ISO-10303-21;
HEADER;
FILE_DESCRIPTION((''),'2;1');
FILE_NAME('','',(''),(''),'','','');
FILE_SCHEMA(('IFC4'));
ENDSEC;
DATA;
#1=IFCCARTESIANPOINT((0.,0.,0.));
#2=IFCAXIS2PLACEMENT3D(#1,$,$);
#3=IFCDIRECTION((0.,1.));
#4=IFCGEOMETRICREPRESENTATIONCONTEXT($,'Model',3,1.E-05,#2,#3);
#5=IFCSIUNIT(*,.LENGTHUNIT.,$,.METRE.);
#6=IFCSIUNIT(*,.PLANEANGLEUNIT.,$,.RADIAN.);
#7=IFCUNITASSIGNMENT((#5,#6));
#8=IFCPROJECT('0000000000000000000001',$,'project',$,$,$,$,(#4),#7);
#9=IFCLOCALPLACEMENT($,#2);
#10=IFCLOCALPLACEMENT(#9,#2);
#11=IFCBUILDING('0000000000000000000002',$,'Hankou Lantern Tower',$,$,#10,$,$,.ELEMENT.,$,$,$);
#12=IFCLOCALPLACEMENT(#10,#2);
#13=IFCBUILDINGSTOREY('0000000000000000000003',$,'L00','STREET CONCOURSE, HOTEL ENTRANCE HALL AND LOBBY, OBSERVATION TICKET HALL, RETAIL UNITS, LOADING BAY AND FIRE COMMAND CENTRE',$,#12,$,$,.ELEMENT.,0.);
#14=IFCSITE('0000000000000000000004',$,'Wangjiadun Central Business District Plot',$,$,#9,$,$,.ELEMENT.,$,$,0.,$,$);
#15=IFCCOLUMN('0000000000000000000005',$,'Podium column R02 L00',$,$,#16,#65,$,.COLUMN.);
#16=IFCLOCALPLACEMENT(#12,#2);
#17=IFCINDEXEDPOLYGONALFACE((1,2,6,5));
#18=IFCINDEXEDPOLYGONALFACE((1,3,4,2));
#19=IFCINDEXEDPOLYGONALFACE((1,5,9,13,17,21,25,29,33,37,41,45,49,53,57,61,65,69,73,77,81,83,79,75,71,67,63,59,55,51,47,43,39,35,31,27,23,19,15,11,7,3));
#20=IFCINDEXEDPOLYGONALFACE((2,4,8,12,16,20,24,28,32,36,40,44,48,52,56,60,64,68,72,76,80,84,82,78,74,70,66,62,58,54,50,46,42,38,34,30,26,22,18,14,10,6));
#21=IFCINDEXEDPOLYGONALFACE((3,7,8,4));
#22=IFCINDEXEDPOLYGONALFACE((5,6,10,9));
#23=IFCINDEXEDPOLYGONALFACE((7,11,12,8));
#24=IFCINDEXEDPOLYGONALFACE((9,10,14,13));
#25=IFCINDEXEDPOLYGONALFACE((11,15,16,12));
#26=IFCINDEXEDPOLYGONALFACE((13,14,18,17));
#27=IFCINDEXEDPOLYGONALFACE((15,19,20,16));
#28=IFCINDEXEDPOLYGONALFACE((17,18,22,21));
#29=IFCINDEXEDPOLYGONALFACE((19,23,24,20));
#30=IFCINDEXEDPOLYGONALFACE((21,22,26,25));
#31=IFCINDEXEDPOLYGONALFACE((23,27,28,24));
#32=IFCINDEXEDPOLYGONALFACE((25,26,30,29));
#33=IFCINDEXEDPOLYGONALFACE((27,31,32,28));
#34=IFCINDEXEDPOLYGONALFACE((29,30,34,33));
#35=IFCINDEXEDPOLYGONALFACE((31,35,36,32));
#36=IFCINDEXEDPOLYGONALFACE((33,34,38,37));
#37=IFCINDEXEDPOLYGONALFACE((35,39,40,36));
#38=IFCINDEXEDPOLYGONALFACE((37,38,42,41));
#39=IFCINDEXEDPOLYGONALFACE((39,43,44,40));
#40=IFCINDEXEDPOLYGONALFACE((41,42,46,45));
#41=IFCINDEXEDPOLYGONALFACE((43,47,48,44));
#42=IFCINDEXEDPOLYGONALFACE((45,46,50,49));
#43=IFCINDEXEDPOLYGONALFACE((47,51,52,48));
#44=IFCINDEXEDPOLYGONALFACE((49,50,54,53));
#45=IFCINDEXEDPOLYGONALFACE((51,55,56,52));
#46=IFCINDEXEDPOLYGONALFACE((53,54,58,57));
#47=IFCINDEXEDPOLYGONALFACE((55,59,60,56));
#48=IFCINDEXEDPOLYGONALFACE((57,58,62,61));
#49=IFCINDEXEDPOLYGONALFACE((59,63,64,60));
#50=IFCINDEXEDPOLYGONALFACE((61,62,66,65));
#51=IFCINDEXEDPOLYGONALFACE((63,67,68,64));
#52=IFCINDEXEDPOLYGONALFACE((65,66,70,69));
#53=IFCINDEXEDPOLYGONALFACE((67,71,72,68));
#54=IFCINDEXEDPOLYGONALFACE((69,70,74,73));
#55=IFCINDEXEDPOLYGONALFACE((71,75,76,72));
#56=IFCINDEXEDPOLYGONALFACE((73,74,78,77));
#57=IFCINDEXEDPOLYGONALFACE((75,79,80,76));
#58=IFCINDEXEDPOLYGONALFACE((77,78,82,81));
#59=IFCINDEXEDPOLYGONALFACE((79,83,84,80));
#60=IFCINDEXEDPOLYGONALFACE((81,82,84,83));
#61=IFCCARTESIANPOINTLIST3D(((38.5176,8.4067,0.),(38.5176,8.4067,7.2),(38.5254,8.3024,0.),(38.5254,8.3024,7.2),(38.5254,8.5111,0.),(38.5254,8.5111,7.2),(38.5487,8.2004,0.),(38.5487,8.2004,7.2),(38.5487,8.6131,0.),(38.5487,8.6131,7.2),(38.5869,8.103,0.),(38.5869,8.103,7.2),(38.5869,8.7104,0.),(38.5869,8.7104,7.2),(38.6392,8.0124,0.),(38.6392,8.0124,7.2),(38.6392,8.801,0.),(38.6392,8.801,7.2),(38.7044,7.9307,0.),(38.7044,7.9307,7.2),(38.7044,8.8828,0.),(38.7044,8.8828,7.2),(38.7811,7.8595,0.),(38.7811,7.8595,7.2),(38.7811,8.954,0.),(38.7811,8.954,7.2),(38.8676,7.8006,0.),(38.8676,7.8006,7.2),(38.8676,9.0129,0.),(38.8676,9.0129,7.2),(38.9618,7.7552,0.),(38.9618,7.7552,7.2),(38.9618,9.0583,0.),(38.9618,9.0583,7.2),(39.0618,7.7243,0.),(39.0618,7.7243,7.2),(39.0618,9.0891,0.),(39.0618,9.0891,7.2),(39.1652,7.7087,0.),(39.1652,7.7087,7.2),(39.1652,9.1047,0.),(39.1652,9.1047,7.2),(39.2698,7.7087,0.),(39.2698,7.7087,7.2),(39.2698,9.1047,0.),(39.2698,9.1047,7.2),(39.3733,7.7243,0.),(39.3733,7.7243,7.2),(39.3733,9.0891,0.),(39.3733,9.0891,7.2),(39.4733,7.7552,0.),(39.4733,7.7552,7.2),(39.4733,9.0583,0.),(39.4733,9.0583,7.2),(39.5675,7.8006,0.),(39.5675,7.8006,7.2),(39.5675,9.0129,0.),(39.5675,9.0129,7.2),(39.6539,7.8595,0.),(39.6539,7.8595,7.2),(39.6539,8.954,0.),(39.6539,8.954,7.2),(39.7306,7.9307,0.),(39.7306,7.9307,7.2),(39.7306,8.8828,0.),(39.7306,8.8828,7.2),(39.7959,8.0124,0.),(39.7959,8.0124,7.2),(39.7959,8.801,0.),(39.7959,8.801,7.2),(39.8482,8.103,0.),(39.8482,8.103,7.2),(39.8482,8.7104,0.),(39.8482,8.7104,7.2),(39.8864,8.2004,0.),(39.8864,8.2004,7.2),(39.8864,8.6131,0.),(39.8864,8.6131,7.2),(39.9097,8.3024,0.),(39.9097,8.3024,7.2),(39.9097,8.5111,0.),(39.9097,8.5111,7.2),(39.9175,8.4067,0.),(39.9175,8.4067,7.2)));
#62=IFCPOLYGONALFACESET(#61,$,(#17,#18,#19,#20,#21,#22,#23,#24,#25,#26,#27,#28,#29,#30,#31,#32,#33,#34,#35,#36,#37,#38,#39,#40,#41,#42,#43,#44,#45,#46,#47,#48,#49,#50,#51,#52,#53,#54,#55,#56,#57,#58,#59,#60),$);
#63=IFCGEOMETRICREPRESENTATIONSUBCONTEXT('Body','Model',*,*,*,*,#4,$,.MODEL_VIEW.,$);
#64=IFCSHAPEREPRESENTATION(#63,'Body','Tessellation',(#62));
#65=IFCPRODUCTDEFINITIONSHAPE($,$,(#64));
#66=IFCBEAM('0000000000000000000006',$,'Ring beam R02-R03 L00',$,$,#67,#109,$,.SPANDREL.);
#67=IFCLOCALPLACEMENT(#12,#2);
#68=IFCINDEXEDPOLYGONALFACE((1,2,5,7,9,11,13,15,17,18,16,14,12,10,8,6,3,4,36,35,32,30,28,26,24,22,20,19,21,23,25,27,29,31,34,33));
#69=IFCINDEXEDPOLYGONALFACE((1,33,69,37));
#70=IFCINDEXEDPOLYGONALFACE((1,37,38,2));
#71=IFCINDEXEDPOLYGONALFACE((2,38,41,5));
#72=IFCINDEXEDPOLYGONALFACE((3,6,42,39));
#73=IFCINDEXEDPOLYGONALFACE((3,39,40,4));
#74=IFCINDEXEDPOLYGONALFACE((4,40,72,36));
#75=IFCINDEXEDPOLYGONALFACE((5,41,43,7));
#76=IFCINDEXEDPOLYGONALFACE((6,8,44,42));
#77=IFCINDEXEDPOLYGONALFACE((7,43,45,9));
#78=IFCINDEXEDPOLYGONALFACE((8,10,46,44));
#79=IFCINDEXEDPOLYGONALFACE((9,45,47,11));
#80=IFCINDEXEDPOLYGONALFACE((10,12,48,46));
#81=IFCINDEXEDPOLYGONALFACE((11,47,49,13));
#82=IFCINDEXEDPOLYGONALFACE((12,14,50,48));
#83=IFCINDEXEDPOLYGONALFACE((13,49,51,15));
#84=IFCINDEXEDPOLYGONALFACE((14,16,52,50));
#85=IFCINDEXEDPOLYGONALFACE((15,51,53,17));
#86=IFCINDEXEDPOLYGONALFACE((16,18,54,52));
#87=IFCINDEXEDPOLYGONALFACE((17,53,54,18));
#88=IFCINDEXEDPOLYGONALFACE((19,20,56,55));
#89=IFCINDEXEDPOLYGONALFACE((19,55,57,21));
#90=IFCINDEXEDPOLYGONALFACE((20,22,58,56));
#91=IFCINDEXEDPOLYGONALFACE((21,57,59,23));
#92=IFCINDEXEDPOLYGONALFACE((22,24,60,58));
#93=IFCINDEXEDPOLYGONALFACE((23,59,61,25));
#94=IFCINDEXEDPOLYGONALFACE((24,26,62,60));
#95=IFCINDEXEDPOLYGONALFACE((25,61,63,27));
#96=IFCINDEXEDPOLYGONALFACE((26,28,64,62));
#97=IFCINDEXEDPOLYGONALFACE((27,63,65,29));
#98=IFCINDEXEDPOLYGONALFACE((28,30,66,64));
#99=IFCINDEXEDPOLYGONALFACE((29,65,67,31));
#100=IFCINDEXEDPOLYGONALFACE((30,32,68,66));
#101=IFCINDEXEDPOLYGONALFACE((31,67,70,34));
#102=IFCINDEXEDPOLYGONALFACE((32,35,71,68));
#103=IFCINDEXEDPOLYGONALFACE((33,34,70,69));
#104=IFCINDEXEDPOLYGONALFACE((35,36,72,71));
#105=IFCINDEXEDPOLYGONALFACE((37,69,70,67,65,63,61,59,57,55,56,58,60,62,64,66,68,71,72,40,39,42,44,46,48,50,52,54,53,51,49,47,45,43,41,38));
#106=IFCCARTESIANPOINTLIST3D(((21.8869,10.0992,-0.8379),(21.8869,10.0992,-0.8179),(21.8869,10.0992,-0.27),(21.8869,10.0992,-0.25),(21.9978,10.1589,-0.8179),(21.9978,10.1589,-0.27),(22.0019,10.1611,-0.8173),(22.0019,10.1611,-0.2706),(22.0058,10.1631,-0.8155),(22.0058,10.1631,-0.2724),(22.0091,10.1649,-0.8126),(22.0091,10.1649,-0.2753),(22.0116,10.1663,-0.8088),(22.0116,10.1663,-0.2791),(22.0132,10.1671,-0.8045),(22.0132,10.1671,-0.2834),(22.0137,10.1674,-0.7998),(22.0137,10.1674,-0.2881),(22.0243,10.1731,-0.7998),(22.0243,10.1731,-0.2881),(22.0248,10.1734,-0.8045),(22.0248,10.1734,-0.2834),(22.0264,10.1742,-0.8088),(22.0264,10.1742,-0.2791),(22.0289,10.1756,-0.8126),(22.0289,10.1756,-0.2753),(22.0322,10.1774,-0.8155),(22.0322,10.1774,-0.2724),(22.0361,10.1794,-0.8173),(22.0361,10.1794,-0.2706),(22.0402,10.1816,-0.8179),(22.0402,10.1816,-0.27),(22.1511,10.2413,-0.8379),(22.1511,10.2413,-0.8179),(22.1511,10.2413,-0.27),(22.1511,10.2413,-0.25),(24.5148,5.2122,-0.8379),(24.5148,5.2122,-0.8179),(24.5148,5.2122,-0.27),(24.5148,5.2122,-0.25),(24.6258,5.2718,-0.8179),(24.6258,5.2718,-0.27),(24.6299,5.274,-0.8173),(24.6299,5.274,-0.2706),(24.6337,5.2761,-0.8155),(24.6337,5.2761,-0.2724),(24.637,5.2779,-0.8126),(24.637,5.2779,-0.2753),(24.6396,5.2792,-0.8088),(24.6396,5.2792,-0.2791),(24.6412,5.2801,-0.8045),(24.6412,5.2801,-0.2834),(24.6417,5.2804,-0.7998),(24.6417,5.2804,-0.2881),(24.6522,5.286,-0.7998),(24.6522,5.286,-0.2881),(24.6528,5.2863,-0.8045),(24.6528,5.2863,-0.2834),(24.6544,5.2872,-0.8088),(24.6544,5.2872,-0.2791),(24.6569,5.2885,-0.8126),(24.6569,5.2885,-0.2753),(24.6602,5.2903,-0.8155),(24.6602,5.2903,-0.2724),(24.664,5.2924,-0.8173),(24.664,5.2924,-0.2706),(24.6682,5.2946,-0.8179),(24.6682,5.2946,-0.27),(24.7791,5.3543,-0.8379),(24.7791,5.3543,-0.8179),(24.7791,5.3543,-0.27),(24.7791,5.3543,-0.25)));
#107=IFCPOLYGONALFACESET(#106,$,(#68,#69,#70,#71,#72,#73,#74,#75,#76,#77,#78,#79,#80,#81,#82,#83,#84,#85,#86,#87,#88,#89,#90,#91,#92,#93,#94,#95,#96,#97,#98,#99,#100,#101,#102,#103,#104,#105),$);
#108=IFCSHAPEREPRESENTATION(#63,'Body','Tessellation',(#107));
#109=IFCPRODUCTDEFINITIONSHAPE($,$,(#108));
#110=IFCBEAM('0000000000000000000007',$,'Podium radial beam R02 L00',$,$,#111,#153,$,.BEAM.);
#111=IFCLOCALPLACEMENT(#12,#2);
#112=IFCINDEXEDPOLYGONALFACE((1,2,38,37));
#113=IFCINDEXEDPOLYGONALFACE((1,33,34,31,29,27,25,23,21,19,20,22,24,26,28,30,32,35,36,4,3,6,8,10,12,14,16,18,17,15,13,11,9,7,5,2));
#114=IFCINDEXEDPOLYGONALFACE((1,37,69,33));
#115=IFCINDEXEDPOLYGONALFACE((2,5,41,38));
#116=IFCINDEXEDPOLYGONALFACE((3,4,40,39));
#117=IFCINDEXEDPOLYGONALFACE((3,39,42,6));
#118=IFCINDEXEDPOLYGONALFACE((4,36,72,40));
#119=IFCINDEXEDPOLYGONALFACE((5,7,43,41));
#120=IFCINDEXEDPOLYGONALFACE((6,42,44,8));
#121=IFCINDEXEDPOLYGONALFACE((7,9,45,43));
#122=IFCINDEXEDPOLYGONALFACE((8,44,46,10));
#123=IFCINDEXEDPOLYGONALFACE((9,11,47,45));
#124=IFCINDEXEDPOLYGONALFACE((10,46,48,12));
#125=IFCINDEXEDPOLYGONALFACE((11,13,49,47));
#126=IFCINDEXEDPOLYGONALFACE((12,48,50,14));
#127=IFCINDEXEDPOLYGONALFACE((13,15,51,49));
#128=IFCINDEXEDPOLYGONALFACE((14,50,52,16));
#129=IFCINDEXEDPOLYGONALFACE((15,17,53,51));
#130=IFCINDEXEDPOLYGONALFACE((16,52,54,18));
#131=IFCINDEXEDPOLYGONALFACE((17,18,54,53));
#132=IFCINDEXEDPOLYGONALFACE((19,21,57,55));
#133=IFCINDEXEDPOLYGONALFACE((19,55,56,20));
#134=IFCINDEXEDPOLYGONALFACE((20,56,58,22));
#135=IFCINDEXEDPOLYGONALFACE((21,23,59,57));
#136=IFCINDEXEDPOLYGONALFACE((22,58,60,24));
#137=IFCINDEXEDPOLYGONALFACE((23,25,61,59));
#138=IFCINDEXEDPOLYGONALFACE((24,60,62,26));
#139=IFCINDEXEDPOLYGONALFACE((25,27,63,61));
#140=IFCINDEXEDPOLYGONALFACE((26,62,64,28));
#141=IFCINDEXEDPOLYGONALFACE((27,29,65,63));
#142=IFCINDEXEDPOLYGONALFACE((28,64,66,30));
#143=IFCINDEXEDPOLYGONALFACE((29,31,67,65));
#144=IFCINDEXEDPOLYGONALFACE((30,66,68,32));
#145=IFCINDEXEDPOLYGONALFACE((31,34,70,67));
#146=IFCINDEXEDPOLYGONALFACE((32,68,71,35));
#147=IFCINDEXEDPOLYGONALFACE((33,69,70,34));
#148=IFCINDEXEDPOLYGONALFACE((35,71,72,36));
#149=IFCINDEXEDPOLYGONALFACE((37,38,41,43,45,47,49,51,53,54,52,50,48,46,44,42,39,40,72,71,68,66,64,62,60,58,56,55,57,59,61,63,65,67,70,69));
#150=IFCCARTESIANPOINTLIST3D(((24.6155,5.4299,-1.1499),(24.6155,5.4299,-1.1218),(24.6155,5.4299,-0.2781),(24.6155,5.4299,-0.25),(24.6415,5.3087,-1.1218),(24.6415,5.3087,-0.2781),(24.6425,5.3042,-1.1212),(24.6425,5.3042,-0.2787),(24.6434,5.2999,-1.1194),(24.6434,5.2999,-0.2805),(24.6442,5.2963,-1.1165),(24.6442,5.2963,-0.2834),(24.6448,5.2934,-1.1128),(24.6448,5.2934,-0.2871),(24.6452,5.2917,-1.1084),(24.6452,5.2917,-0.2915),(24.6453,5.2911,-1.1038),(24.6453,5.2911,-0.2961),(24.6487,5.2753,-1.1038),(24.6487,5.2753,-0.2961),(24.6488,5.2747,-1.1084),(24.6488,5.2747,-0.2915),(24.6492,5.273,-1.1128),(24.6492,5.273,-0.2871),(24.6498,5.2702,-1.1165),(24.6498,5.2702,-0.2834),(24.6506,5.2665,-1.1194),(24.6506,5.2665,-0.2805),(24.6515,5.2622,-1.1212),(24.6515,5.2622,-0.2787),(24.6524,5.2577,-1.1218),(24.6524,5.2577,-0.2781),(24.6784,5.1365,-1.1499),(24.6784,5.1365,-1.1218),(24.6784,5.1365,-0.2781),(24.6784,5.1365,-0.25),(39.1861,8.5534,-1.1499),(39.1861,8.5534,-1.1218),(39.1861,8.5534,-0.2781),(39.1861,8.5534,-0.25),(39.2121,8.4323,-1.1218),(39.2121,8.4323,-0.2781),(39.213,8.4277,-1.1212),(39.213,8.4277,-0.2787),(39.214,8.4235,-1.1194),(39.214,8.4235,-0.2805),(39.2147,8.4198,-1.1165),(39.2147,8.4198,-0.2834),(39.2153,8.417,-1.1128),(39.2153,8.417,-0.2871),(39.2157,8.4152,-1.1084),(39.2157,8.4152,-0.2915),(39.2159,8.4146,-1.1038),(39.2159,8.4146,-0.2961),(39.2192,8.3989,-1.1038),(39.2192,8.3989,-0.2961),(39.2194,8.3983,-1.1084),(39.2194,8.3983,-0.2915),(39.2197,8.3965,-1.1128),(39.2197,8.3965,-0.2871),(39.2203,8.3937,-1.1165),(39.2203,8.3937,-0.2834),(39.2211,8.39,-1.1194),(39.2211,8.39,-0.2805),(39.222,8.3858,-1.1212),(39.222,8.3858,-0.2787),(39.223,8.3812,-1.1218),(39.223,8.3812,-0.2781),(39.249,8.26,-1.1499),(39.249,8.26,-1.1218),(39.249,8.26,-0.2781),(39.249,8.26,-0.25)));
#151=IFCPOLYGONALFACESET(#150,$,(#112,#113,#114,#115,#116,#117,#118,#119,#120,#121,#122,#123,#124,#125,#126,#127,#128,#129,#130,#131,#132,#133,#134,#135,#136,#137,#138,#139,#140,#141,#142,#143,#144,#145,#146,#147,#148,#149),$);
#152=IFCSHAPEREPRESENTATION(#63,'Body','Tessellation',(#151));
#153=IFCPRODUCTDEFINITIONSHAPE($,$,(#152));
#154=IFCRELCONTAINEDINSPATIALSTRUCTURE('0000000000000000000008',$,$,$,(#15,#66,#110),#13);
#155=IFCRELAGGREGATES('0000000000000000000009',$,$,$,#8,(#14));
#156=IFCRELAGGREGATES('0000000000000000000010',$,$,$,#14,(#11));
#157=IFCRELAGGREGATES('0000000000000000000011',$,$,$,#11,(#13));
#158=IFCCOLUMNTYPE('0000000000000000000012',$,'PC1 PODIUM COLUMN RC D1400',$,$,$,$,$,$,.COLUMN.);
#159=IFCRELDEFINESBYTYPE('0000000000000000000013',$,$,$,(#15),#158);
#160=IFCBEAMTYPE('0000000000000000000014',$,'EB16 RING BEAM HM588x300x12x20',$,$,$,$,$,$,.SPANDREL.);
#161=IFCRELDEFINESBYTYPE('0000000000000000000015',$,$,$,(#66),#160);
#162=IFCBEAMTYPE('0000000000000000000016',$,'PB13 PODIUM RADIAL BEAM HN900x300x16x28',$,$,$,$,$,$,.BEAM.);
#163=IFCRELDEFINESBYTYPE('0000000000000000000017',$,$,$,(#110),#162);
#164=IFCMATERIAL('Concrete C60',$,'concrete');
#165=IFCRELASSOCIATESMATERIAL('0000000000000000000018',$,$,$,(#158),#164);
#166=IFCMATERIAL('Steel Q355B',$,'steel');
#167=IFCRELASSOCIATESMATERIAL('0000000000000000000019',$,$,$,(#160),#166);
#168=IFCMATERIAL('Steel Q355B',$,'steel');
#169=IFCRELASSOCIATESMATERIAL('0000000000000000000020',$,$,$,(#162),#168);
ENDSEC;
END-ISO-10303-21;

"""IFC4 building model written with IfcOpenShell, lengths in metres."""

from ifc_helpers import new_model, si_unit, direction, frame, origin, origin_2d, place, context, subcontext, project, spatial, circle, i_section, extrude, material, material_profile, profile_set, type_object, element, save


model = new_model("IFC4")

# Units and contexts
model_context = context("Model", 3, precision=1e-05, world=origin(), true_north=direction((0.0, 1.0)))
body_context = subcontext(model_context, "Body", "Model", "MODEL_VIEW")
ifc_project = project(units=[si_unit("LENGTHUNIT", "METRE"), si_unit("PLANEANGLEUNIT", "RADIAN")], contexts=[model_context])

# Site, building, storey
site_placement = place(None, origin())
site = spatial("IfcSite", under=ifc_project, at=site_placement, Name="Wangjiadun Central Business District Plot", CompositionType="ELEMENT", RefElevation=0.0)
building_placement = place(site_placement, origin())
building = spatial("IfcBuilding", under=site, at=building_placement, Name="Hankou Lantern Tower", CompositionType="ELEMENT")
storey_placement = place(building_placement, origin())
storey = spatial("IfcBuildingStorey", under=building, at=storey_placement, Name="L00", Description="STREET CONCOURSE, HOTEL ENTRANCE HALL AND LOBBY, OBSERVATION TICKET HALL, RETAIL UNITS, LOADING BAY AND FIRE COMMAND CENTRE", CompositionType="ELEMENT", Elevation=0.0)

# Column
ifc_material_1 = material(Name="Concrete C60", Category="concrete")
ifc_material_profile_1 = material_profile(ifc_material_1, circle(Radius=0.7, at=origin_2d()), Name="RC D1400")
ifc_profile_set_1 = profile_set([ifc_material_profile_1], Name="Concrete C60")
column_type = type_object("IfcColumnType", Name="PC1 PODIUM COLUMN RC D1400", PredefinedType="COLUMN", material=ifc_profile_set_1)
column_placement = place(storey_placement, frame((39.2175, 8.4067, 0.0), z_axis=(0.0, 0.0, 1.0), x_axis=(1.0, 0.0, 0.0)))
element("IfcColumn", 1, at=column_placement, inside=storey, type_object=column_type, Name="Podium column R02 L00", PredefinedType="COLUMN", context=body_context, shape_type="SweptSolid", body=[
    extrude(circle(Radius=0.7, at=origin_2d()), origin(), (0.0, 0.0, 1.0), 7.2),
])

# Beams
ifc_material_2 = material(Name="Steel Q355B", Category="steel")
ifc_material_profile_2 = material_profile(ifc_material_2, i_section(OverallWidth=0.3, OverallDepth=0.5879, WebThickness=0.012, FlangeThickness=0.02, FilletRadius=0.0181, at=origin_2d()), Name="HM588x300x12x20")
ifc_profile_set_2 = profile_set([ifc_material_profile_2], Name="Steel Q355B")
beam_type_1 = type_object("IfcBeamType", Name="EB16 RING BEAM HM588x300x12x20", PredefinedType="SPANDREL", material=ifc_profile_set_2)
beam_1_placement = place(storey_placement, frame((24.647, 5.2832, -0.5439), z_axis=(-0.473609, 0.880735, 0.0), x_axis=(-0.880735, -0.473609, 0.0)))
element("IfcBeam", 2, at=beam_1_placement, inside=storey, type_object=beam_type_1, Name="Ring beam R02-R03 L00", PredefinedType="SPANDREL", context=body_context, shape_type="SweptSolid", body=[
    extrude(i_section(OverallWidth=0.3, OverallDepth=0.5879, WebThickness=0.012, FlangeThickness=0.02, FilletRadius=0.0181, at=origin_2d()), origin(), (0.0, 0.0, 1.0), 5.5488),
])
ifc_material_3 = material(Name="Steel Q355B", Category="steel")
ifc_material_profile_3 = material_profile(ifc_material_3, i_section(OverallWidth=0.3, OverallDepth=0.8999, WebThickness=0.0161, FlangeThickness=0.0281, FilletRadius=0.0181, at=origin_2d()), Name="HN900x300x16x28")
ifc_profile_set_3 = profile_set([ifc_material_profile_3], Name="Steel Q355B")
beam_type_2 = type_object("IfcBeamType", Name="PB13 PODIUM RADIAL BEAM HN900x300x16x28", PredefinedType="BEAM", material=ifc_profile_set_3)
beam_2_placement = place(storey_placement, frame((24.647, 5.2832, -0.7), z_axis=(0.977785, 0.209611, 0.0), x_axis=(-0.209611, 0.977785, 0.0)))
element("IfcBeam", 3, at=beam_2_placement, inside=storey, type_object=beam_type_2, Name="Podium radial beam R02 L00", PredefinedType="BEAM", context=body_context, shape_type="SweptSolid", body=[
    extrude(i_section(OverallWidth=0.3, OverallDepth=0.8999, WebThickness=0.0161, FlangeThickness=0.0281, FilletRadius=0.0181, at=origin_2d()), origin(), (0.0, 0.0, 1.0), 14.9016),
])

save(model, "model.ifc")
